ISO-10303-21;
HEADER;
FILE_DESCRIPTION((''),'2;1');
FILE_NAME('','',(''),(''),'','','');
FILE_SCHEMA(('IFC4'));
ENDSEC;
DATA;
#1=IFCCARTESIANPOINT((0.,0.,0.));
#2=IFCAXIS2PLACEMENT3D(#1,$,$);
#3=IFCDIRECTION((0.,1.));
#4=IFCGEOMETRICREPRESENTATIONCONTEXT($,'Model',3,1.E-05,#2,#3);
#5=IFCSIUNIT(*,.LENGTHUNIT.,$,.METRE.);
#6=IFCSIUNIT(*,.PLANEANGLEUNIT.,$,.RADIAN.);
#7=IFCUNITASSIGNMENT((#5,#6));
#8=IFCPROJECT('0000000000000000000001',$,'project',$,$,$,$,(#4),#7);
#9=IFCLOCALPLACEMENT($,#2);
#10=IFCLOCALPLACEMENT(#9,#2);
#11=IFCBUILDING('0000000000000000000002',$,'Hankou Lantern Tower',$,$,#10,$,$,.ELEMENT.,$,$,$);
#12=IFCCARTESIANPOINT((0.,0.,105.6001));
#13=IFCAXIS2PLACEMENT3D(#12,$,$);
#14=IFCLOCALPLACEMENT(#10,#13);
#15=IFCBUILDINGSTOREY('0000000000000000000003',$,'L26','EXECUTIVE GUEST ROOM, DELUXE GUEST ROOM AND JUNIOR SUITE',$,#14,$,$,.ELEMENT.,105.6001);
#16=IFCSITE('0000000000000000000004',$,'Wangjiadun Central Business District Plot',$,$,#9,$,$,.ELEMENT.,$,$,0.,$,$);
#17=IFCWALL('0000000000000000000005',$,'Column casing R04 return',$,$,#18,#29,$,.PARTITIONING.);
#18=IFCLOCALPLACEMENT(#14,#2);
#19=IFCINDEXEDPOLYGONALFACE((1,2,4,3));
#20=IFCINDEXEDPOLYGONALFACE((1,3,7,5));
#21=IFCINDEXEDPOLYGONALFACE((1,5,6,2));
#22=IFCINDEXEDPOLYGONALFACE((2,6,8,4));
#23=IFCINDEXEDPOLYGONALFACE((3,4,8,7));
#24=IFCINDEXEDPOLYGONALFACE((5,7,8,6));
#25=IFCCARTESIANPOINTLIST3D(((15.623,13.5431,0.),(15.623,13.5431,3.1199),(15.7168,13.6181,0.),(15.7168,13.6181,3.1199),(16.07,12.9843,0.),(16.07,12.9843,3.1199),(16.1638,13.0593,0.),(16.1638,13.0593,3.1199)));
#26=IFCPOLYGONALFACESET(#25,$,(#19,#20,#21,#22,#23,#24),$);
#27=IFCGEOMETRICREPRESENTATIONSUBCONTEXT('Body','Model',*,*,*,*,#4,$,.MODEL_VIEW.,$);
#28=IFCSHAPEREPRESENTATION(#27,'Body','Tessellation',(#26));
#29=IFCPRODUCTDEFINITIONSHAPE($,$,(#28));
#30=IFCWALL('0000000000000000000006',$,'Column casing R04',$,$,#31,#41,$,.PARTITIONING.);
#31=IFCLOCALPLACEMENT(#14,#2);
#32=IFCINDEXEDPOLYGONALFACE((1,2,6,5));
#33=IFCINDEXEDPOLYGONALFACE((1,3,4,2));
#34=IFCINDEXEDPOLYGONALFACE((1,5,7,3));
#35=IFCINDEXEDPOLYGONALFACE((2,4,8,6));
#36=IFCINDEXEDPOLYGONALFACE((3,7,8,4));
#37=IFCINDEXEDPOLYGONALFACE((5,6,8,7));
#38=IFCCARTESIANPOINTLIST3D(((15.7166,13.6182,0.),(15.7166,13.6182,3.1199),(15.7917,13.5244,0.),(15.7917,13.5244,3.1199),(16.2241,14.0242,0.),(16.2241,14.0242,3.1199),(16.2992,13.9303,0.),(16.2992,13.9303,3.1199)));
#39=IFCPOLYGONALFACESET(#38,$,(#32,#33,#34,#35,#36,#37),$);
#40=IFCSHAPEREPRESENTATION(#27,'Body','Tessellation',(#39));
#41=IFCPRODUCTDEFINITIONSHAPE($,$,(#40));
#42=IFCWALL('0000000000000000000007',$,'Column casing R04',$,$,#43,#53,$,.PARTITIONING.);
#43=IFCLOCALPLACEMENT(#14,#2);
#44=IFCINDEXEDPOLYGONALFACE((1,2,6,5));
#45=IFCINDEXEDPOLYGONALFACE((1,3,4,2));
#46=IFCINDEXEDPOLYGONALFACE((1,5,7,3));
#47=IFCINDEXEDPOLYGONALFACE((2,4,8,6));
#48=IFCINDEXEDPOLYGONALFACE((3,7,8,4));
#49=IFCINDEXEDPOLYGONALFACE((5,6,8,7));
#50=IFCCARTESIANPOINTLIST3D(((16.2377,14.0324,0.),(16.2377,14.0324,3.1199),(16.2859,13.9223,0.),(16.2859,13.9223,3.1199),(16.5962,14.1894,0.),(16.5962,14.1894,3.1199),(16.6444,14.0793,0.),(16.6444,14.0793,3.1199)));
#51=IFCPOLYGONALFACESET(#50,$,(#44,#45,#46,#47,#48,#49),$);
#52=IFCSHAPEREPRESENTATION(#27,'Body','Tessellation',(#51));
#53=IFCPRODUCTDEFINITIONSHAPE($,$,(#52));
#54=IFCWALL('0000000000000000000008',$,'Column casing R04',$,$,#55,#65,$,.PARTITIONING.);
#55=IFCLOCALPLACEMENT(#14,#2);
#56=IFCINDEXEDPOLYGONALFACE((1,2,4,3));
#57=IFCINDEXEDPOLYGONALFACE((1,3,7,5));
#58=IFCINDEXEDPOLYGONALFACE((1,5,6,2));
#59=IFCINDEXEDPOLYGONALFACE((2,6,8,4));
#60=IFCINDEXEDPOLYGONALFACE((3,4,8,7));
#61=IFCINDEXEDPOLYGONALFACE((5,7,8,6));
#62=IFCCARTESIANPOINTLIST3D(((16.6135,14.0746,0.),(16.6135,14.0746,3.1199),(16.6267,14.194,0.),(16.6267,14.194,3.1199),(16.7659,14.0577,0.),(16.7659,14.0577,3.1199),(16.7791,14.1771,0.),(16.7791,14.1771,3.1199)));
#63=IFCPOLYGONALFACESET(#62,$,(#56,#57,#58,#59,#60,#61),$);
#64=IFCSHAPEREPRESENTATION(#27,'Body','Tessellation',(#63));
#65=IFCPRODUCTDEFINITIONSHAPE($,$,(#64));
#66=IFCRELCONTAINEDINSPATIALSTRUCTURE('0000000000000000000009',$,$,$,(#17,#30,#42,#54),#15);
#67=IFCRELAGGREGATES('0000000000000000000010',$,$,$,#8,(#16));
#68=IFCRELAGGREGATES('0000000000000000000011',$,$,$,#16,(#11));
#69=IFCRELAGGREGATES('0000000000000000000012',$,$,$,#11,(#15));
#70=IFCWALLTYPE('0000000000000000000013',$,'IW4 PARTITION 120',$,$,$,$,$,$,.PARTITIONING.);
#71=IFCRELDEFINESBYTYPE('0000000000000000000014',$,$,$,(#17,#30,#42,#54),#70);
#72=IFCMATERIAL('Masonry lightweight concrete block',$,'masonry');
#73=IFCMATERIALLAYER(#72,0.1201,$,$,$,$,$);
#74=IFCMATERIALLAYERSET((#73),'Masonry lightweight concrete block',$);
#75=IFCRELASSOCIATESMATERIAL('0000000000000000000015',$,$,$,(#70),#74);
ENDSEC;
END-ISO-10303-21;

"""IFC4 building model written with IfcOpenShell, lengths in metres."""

from ifc_helpers import new_model, si_unit, direction, frame, frame_2d, origin, place, context, subcontext, project, spatial, rectangle, extrude, material, layer, layer_set, type_object, element, save


model = new_model("IFC4")

# Units and contexts
model_context = context("Model", 3, precision=1e-05, world=origin(), true_north=direction((0.0, 1.0)))
body_context = subcontext(model_context, "Body", "Model", "MODEL_VIEW")
ifc_project = project(units=[si_unit("LENGTHUNIT", "METRE"), si_unit("PLANEANGLEUNIT", "RADIAN")], contexts=[model_context])

# Site, building, storey
site_placement = place(None, origin())
site = spatial("IfcSite", under=ifc_project, at=site_placement, Name="Wangjiadun Central Business District Plot", CompositionType="ELEMENT", RefElevation=0.0)
building_placement = place(site_placement, origin())
building = spatial("IfcBuilding", under=site, at=building_placement, Name="Hankou Lantern Tower", CompositionType="ELEMENT")
storey_placement = place(building_placement, frame((0.0, 0.0, 105.6001)))
storey = spatial("IfcBuildingStorey", under=building, at=storey_placement, Name="L26", Description="EXECUTIVE GUEST ROOM, DELUXE GUEST ROOM AND JUNIOR SUITE", CompositionType="ELEMENT", Elevation=105.6001)

# Walls
ifc_material_1 = material(Name="Masonry lightweight concrete block", Category="masonry")
ifc_layer_1 = layer(ifc_material_1, 0.1201)
ifc_layer_set_1 = layer_set([ifc_layer_1], Name="Masonry lightweight concrete block")
wall_type_1 = type_object("IfcWallType", Name="IW4 PARTITION 120", PredefinedType="PARTITIONING", material=ifc_layer_set_1)
wall_1_placement = place(storey_placement, frame((16.1169, 13.0217, 0.0), z_axis=(0.0, 0.0, 1.0), x_axis=(-0.624653, 0.780902, 0.0)))
element("IfcWall", 1, at=wall_1_placement, inside=storey, type_object=wall_type_1, Name="Column casing R04 return", PredefinedType="PARTITIONING", context=body_context, shape_type="SweptSolid", body=[
    extrude(rectangle(XDim=0.7156, YDim=0.1201, at=frame_2d((0.3579, 0.0))), origin(), (0.0, 0.0, 1.0), 3.1199),
])
wall_2_placement = place(storey_placement, frame((15.7542, 13.5713, 0.0), z_axis=(0.0, 0.0, 1.0), x_axis=(0.780905, 0.624649, 0.0)))
element("IfcWall", 2, at=wall_2_placement, inside=storey, type_object=wall_type_1, Name="Column casing R04", PredefinedType="PARTITIONING", context=body_context, shape_type="SweptSolid", body=[
    extrude(rectangle(XDim=0.6499, YDim=0.1201, at=frame_2d((0.325, 0.0))), origin(), (0.0, 0.0, 1.0), 3.1199),
])
wall_3_placement = place(storey_placement, frame((16.2617, 13.9773, 0.0), z_axis=(0.0, 0.0, 1.0), x_axis=(0.915985, 0.401212, 0.0)))
element("IfcWall", 3, at=wall_3_placement, inside=storey, type_object=wall_type_1, Name="Column casing R04", PredefinedType="PARTITIONING", context=body_context, shape_type="SweptSolid", body=[
    extrude(rectangle(XDim=0.3914, YDim=0.1201, at=frame_2d((0.1958, 0.0))), origin(), (0.0, 0.0, 1.0), 3.1199),
])
wall_4_placement = place(storey_placement, frame((16.6201, 14.1343, 0.0), z_axis=(0.0, 0.0, 1.0), x_axis=(0.993942, -0.109907, 0.0)))
element("IfcWall", 4, at=wall_4_placement, inside=storey, type_object=wall_type_1, Name="Column casing R04", PredefinedType="PARTITIONING", context=body_context, shape_type="SweptSolid", body=[
    extrude(rectangle(XDim=0.1533, YDim=0.1201, at=frame_2d((0.0767, 0.0))), origin(), (0.0, 0.0, 1.0), 3.1199),
])

save(model, "model.ifc")
